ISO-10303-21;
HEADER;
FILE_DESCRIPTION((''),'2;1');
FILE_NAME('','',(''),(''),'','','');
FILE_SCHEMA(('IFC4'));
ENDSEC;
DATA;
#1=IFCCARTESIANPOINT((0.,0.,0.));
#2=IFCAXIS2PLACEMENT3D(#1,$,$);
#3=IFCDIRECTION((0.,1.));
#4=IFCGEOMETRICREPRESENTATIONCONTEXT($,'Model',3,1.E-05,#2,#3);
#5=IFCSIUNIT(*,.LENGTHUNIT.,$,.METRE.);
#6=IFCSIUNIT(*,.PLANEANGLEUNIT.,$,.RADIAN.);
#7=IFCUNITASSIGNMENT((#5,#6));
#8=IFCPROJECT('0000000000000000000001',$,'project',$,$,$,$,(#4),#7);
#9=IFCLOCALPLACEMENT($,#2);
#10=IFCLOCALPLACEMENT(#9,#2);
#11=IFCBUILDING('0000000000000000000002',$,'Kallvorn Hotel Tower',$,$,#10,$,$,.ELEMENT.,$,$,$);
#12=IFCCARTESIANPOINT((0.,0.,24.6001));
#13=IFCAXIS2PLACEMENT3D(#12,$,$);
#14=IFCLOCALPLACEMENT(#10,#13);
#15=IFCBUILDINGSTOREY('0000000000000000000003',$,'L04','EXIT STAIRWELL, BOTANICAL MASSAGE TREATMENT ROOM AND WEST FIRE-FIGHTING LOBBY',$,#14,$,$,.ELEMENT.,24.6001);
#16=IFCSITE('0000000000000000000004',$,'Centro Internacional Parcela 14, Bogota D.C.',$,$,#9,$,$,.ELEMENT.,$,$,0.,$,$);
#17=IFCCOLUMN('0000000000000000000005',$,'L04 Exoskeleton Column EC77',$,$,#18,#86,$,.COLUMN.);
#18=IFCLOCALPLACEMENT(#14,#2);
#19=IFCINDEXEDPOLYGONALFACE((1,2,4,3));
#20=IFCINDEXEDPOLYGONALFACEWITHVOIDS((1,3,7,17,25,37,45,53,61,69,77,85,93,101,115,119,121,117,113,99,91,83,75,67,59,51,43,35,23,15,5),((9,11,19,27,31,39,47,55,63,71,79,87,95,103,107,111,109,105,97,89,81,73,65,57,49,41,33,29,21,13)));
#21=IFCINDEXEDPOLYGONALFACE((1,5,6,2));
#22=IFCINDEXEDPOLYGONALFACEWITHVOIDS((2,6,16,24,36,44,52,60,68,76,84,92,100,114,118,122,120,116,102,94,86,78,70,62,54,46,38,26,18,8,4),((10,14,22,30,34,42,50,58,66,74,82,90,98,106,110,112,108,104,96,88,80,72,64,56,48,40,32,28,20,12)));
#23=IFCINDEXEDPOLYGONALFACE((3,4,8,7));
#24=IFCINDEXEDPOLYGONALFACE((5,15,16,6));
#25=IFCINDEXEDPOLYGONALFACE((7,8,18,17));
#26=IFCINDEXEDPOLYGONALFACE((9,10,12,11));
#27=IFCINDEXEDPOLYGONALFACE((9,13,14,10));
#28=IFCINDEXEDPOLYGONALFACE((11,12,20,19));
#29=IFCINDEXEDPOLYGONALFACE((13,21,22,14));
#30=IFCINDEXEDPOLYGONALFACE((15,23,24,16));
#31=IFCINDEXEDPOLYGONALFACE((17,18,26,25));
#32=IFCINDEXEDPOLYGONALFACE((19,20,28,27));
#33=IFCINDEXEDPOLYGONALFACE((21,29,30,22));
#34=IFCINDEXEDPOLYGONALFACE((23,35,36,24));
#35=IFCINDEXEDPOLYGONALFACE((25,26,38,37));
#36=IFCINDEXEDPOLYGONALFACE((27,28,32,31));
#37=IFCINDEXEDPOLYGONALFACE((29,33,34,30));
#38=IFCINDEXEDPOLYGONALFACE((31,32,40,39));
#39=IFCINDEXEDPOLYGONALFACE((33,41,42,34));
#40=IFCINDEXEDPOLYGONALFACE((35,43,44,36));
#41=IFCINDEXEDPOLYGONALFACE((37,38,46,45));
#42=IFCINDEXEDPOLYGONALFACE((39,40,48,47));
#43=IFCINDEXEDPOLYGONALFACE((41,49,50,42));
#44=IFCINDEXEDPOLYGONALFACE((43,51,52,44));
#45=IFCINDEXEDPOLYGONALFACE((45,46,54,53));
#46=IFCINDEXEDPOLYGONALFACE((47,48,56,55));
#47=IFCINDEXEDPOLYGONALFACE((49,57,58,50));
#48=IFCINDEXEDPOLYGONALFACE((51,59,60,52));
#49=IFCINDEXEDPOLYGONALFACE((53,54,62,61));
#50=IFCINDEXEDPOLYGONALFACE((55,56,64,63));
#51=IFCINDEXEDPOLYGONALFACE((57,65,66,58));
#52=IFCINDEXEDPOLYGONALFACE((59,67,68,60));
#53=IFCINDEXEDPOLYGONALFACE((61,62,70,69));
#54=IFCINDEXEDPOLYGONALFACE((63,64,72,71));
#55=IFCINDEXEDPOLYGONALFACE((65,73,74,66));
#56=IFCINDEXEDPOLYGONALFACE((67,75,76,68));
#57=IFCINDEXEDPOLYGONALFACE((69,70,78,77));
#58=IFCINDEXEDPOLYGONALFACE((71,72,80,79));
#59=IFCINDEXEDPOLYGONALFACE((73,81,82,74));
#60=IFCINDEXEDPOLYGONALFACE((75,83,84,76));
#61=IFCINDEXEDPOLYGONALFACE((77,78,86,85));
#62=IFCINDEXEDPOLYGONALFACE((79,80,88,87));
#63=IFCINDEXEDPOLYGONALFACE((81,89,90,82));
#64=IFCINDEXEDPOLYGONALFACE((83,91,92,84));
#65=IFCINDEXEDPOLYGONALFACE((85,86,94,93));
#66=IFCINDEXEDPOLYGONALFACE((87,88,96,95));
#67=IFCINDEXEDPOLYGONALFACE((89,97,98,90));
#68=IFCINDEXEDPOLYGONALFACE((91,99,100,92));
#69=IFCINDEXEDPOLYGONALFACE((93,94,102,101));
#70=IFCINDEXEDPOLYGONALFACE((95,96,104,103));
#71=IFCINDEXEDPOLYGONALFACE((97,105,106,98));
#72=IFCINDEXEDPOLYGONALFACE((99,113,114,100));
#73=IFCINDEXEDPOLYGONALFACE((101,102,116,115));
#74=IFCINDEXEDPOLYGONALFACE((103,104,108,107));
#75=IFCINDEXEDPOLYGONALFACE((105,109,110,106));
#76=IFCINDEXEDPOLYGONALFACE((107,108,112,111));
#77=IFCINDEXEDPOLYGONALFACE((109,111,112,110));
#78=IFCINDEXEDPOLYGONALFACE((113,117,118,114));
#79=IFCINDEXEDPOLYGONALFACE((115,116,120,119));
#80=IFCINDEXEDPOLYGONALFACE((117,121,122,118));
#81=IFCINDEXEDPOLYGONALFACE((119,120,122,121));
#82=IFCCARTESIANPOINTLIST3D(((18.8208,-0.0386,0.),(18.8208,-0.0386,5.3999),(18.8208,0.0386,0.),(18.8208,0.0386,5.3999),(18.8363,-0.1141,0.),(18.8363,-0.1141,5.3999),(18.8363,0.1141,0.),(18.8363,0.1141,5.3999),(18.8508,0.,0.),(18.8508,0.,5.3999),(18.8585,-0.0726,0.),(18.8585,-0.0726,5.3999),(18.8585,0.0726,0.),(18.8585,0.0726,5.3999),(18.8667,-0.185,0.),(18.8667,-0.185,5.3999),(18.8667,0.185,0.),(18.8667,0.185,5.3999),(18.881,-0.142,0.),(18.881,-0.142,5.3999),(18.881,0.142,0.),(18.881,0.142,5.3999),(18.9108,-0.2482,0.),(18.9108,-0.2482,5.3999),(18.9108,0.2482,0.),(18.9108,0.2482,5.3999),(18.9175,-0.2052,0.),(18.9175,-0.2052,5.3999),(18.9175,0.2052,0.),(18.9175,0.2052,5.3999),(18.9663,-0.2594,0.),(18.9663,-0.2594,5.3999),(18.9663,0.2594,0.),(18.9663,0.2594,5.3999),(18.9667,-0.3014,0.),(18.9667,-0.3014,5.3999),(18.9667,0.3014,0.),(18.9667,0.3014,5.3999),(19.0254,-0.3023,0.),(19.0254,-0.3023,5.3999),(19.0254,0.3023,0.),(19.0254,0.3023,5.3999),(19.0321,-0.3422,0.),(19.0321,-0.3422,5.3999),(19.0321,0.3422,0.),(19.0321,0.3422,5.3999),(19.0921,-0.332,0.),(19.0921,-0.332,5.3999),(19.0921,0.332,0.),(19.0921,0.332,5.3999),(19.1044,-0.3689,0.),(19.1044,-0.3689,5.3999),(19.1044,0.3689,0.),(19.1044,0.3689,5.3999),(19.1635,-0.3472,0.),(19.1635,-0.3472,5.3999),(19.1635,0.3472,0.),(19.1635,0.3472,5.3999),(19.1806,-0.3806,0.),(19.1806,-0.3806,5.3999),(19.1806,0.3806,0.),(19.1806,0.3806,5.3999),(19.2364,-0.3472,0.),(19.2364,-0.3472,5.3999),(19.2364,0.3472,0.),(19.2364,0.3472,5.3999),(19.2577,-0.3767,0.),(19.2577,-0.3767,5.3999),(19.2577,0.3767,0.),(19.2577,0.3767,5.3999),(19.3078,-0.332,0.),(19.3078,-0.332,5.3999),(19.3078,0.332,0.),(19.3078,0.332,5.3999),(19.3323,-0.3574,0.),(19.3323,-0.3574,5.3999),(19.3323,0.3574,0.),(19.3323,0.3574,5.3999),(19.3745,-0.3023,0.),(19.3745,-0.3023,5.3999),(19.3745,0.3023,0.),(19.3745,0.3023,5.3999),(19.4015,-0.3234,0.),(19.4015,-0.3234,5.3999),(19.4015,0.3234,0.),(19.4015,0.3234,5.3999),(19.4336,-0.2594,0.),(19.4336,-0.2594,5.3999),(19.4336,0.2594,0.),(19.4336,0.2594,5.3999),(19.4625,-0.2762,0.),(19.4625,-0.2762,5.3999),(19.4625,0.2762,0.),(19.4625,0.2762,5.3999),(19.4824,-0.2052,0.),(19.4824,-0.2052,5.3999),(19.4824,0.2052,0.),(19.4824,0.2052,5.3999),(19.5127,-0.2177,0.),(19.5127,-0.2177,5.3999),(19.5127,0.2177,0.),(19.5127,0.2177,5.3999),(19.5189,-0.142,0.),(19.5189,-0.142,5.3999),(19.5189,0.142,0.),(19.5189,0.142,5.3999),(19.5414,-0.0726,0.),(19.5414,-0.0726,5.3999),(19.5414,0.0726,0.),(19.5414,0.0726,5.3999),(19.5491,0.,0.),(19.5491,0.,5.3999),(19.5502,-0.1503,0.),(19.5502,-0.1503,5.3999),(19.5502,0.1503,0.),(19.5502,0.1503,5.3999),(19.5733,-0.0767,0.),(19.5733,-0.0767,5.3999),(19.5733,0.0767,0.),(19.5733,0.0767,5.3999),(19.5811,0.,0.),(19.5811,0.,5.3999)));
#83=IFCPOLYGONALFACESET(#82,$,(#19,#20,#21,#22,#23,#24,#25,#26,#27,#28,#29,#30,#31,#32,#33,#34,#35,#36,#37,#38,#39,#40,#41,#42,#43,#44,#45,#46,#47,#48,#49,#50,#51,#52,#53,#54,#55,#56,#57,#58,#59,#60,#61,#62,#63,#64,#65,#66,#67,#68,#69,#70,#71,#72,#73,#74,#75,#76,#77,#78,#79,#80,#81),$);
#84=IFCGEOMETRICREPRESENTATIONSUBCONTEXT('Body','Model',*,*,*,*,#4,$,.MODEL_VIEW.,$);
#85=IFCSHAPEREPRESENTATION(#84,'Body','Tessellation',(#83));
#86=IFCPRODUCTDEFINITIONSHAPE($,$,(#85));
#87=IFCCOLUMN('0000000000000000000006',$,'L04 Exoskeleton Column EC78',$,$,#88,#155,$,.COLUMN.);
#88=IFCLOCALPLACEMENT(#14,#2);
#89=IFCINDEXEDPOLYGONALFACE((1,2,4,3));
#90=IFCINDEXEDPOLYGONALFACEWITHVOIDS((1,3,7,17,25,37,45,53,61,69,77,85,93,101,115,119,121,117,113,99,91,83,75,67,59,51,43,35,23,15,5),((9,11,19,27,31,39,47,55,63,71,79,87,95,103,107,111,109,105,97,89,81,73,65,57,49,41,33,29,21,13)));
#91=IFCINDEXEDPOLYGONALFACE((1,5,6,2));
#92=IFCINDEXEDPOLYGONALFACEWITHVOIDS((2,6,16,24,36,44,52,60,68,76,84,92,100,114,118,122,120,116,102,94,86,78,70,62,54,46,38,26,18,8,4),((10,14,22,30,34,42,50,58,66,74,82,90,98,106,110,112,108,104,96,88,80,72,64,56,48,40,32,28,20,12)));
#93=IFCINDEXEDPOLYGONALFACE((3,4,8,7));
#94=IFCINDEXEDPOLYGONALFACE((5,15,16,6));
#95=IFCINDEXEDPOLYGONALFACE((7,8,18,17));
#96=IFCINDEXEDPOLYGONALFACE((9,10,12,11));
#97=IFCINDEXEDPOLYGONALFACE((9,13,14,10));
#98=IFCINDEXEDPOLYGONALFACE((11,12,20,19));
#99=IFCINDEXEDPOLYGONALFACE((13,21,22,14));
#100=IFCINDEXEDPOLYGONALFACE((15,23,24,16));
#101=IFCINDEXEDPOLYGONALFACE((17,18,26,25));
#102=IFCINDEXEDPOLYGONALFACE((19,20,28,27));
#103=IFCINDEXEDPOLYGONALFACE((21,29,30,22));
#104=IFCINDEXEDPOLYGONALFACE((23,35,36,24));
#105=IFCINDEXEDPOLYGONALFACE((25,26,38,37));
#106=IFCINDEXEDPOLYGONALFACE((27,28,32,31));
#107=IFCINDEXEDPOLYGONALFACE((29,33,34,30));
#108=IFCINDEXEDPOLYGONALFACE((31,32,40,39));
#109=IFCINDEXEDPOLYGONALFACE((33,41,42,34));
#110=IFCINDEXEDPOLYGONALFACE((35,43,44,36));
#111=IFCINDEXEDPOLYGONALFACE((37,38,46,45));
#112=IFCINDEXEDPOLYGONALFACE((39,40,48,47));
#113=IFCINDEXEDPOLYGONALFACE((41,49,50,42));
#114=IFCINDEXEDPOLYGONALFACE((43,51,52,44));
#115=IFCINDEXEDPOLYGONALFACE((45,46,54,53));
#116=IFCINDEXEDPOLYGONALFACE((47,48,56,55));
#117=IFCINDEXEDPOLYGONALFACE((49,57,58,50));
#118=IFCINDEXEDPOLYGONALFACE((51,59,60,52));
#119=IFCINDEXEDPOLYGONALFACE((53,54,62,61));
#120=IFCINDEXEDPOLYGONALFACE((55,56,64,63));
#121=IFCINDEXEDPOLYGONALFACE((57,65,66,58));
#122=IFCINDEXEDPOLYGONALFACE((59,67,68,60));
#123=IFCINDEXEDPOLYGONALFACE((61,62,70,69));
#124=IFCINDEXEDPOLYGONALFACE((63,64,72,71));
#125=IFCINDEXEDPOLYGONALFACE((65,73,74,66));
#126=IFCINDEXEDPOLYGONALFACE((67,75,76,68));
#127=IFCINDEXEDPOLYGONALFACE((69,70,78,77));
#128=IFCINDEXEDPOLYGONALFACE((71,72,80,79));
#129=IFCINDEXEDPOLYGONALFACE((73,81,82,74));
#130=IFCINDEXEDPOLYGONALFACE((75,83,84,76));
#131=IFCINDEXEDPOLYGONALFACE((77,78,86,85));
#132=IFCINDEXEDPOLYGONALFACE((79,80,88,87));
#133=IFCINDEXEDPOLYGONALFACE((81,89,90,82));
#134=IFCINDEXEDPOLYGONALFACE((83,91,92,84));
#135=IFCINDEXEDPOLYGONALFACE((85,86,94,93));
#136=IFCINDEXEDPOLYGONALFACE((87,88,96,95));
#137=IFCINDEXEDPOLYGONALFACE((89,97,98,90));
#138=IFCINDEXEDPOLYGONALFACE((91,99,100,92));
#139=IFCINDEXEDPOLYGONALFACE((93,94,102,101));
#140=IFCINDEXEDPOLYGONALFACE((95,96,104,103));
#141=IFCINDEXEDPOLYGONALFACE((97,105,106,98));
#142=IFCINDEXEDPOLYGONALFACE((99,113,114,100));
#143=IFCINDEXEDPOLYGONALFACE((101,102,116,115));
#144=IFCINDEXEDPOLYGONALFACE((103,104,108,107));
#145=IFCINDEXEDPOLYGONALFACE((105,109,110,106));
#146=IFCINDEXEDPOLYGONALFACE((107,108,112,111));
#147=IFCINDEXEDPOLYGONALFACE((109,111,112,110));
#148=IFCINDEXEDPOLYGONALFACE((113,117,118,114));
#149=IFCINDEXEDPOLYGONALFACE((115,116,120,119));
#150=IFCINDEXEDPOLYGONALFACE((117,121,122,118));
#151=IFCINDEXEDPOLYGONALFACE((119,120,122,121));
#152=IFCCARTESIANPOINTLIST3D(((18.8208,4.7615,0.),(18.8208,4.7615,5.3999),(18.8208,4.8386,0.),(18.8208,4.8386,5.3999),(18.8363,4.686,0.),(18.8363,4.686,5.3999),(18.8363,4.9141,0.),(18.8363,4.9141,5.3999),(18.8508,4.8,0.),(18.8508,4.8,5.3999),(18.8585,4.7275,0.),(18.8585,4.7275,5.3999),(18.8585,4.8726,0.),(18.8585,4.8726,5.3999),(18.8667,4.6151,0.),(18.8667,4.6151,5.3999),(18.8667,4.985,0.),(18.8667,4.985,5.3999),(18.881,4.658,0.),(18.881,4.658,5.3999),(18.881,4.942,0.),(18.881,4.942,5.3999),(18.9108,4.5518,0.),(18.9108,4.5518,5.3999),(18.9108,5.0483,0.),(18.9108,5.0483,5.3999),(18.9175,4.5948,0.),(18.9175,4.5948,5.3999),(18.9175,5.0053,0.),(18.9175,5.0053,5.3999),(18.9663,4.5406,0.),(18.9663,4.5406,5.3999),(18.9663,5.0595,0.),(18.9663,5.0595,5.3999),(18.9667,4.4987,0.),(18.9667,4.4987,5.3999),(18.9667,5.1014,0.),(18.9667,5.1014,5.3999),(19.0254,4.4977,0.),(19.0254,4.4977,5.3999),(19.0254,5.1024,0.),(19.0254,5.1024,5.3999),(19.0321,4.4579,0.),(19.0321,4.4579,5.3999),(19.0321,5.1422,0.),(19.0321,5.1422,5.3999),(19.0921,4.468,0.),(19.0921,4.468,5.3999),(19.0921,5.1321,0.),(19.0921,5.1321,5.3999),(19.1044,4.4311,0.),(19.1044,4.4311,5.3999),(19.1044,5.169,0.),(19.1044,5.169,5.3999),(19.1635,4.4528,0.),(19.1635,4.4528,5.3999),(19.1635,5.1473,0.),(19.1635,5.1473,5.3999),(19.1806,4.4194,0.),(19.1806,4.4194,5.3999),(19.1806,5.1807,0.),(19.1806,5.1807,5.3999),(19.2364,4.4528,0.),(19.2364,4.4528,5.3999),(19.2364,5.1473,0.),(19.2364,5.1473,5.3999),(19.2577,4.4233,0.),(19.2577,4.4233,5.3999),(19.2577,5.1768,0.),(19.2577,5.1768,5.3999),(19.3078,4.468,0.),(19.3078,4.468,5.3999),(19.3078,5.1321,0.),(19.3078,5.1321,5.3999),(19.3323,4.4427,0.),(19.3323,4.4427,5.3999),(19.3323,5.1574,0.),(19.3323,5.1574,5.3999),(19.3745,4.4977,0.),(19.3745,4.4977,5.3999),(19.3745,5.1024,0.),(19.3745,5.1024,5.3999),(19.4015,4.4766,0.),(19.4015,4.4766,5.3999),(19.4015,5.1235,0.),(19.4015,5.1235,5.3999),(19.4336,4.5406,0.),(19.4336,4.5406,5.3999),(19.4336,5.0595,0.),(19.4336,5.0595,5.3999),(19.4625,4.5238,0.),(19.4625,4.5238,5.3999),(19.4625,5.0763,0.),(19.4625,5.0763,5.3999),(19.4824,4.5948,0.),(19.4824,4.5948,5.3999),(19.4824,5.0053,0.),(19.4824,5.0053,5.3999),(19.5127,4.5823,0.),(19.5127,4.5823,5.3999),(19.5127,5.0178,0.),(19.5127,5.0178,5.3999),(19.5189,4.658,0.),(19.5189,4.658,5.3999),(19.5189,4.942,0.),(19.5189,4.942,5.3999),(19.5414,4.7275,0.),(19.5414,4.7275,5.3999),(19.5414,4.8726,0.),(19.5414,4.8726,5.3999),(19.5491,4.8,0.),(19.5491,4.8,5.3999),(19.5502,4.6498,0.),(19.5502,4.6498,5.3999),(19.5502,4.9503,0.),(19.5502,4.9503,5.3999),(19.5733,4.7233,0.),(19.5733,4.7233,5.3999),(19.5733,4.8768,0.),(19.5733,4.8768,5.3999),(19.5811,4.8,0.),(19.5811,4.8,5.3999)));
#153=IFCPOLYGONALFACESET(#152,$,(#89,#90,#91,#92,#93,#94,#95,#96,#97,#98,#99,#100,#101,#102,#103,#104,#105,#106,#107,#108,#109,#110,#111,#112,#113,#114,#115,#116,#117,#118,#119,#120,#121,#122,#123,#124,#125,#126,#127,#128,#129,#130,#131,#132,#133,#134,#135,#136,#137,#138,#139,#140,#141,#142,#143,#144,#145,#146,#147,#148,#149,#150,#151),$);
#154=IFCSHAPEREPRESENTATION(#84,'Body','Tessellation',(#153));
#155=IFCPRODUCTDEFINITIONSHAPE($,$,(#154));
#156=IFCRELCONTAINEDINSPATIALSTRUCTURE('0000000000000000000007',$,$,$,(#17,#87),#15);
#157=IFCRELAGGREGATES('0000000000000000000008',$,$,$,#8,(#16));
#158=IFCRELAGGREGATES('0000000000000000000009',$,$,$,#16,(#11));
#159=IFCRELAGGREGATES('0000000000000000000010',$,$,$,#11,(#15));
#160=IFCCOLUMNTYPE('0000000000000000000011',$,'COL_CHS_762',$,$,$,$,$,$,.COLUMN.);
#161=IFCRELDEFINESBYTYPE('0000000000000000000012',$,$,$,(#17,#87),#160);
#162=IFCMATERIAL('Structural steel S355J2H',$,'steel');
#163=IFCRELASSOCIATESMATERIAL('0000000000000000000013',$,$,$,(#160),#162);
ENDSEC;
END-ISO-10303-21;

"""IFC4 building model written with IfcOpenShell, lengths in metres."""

from ifc_helpers import new_model, si_unit, direction, frame, origin, origin_2d, place, context, subcontext, project, spatial, hollow_circle, extrude, material, material_profile, profile_set, type_object, element, save


model = new_model("IFC4")

# Units and contexts
model_context = context("Model", 3, precision=1e-05, world=origin(), true_north=direction((0.0, 1.0)))
body_context = subcontext(model_context, "Body", "Model", "MODEL_VIEW")
ifc_project = project(units=[si_unit("LENGTHUNIT", "METRE"), si_unit("PLANEANGLEUNIT", "RADIAN")], contexts=[model_context])

# Site, building, storey
site_placement = place(None, origin())
site = spatial("IfcSite", under=ifc_project, at=site_placement, Name="Centro Internacional Parcela 14, Bogota D.C.", CompositionType="ELEMENT", RefElevation=0.0)
building_placement = place(site_placement, origin())
building = spatial("IfcBuilding", under=site, at=building_placement, Name="Kallvorn Hotel Tower", CompositionType="ELEMENT")
storey_placement = place(building_placement, frame((0.0, 0.0, 24.6001)))
storey = spatial("IfcBuildingStorey", under=building, at=storey_placement, Name="L04", Description="EXIT STAIRWELL, BOTANICAL MASSAGE TREATMENT ROOM AND WEST FIRE-FIGHTING LOBBY", CompositionType="ELEMENT", Elevation=24.6001)

# Columns
ifc_material_1 = material(Name="Structural steel S355J2H", Category="steel")
ifc_material_profile_1 = material_profile(ifc_material_1, hollow_circle(Radius=0.3811, WallThickness=0.032, at=origin_2d()), Name="CHS 762x32")
ifc_profile_set_1 = profile_set([ifc_material_profile_1], Name="Structural steel S355J2H")
column_type_1 = type_object("IfcColumnType", Name="COL_CHS_762", PredefinedType="COLUMN", material=ifc_profile_set_1)
for number, where, z_axis, x_axis, name in (
    (1, (19.2, 0.0, 0.0), (0.0, 0.0, 1.0), (1.0, 0.0, 0.0), "L04 Exoskeleton Column EC77"),
    (2, (19.2, 4.8, 0.0), (0.0, 0.0, 1.0), (1.0, 0.0, 0.0), "L04 Exoskeleton Column EC78"),
):
    element("IfcColumn", number, at=place(storey_placement, frame(where, z_axis=z_axis, x_axis=x_axis)), inside=storey, type_object=column_type_1, Name=name, PredefinedType="COLUMN", context=body_context, shape_type="SweptSolid", body=[
        extrude(hollow_circle(Radius=0.3811, WallThickness=0.032, at=origin_2d()), origin(), (0.0, 0.0, 1.0), 5.3999),
    ])

save(model, "model.ifc")
